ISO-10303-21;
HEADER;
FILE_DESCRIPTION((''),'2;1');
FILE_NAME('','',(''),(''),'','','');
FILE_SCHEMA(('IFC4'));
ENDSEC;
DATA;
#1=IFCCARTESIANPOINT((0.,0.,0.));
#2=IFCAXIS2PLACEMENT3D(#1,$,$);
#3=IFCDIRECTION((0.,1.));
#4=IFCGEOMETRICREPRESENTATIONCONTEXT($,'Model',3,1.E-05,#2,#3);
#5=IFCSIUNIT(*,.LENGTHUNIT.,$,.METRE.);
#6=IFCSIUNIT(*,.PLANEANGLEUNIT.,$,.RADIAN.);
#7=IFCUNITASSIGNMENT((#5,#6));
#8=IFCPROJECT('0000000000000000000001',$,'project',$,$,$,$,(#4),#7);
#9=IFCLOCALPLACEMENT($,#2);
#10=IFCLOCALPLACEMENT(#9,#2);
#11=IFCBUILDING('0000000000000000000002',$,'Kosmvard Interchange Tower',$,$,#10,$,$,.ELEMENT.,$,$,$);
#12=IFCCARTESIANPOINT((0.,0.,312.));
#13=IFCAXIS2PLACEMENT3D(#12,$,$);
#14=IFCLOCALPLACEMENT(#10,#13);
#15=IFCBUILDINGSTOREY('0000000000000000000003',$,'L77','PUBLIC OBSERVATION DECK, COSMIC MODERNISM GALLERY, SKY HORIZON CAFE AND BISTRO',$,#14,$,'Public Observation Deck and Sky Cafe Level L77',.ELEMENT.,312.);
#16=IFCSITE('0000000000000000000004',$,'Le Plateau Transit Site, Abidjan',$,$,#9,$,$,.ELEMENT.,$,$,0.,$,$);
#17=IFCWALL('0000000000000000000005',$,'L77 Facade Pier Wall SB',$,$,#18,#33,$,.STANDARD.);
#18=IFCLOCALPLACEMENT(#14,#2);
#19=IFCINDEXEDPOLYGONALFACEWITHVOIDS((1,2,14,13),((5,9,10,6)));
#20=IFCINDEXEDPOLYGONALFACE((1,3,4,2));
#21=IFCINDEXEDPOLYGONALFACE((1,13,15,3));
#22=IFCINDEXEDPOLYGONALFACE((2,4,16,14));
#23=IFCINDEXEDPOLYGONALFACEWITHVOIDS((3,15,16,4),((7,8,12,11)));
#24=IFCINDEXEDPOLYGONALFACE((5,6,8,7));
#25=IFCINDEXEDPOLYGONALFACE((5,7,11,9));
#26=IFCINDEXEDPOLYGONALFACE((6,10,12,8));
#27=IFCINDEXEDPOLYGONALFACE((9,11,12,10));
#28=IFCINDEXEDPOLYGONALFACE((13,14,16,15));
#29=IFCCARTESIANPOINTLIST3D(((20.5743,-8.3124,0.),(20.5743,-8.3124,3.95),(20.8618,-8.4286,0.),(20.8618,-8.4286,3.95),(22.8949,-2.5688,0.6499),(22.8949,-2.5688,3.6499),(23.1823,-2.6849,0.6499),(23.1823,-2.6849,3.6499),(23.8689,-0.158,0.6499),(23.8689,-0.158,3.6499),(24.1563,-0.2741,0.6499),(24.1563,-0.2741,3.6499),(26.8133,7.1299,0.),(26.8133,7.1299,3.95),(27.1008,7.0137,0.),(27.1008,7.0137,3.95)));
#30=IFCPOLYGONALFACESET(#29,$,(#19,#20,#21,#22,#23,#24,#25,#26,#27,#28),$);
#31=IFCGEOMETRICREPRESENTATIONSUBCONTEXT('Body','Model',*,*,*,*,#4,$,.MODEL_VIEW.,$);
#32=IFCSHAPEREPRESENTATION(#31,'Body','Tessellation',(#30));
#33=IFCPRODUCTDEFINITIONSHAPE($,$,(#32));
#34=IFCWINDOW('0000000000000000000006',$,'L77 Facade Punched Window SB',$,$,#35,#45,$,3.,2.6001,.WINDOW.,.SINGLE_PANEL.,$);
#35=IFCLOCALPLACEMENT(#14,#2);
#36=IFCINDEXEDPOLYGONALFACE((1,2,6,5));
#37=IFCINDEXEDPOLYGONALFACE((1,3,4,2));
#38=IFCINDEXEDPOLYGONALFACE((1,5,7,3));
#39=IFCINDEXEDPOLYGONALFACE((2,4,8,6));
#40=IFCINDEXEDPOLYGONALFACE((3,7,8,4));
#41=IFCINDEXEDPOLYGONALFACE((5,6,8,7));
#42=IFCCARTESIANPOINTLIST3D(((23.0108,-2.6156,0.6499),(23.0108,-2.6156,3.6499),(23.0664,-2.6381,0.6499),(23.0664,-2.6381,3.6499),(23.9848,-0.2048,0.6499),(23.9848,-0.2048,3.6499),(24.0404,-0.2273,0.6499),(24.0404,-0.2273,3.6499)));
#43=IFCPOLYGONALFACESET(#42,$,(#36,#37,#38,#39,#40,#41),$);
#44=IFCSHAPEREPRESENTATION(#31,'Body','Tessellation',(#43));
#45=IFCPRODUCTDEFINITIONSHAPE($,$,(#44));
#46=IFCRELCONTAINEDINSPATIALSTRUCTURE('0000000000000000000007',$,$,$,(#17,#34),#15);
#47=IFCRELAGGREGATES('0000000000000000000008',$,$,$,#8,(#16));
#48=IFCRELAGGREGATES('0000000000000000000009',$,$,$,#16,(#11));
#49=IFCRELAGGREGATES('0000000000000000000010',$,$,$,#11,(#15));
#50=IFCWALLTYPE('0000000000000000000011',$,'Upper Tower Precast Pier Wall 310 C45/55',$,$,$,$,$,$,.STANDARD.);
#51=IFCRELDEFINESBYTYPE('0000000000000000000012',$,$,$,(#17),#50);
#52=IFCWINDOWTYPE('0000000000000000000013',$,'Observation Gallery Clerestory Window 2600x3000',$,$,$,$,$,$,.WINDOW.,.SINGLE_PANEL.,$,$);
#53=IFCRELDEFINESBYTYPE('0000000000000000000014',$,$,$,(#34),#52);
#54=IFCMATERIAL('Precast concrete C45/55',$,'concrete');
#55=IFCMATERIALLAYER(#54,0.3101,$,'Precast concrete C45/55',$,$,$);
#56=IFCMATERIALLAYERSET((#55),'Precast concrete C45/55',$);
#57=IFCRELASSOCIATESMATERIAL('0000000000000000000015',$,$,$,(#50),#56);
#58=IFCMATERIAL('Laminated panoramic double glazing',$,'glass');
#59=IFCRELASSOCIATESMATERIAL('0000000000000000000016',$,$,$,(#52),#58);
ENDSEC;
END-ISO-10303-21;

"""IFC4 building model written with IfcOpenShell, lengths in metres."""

from ifc_helpers import new_model, si_unit, direction, frame, frame_2d, origin, place, context, subcontext, project, spatial, rectangle, extrude, source, transform, mapped, material, layer, layer_set, type_object, element, fill, save


model = new_model("IFC4")

# Units and contexts
model_context = context("Model", 3, precision=1e-05, world=origin(), true_north=direction((0.0, 1.0)))
body_context = subcontext(model_context, "Body", "Model", "MODEL_VIEW")
ifc_project = project(units=[si_unit("LENGTHUNIT", "METRE"), si_unit("PLANEANGLEUNIT", "RADIAN")], contexts=[model_context])

# Site, building, storey
site_placement = place(None, origin())
site = spatial("IfcSite", under=ifc_project, at=site_placement, Name="Le Plateau Transit Site, Abidjan", CompositionType="ELEMENT", RefElevation=0.0)
building_placement = place(site_placement, origin())
building = spatial("IfcBuilding", under=site, at=building_placement, Name="Kosmvard Interchange Tower", CompositionType="ELEMENT")
storey_placement = place(building_placement, frame((0.0, 0.0, 312.0)))
storey = spatial("IfcBuildingStorey", under=building, at=storey_placement, Name="L77", Description="PUBLIC OBSERVATION DECK, COSMIC MODERNISM GALLERY, SKY HORIZON CAFE AND BISTRO", LongName="Public Observation Deck and Sky Cafe Level L77", CompositionType="ELEMENT", Elevation=312.0)

# Wall, opening, window
ifc_material_1 = material(Name="Precast concrete C45/55", Category="concrete")
ifc_layer_1 = layer(ifc_material_1, 0.3101, Name="Precast concrete C45/55")
ifc_layer_set_1 = layer_set([ifc_layer_1], Name="Precast concrete C45/55")
wall_type_1 = type_object("IfcWallType", Name="Upper Tower Precast Pier Wall 310 C45/55", PredefinedType="STANDARD", material=ifc_layer_set_1)
wall_1_placement = place(storey_placement, frame((20.718, -8.3706, 0.0), z_axis=(0.0, 0.0, 1.0), x_axis=(0.374601, 0.927186, 0.0)))
wall_1 = element("IfcWall", 1, at=wall_1_placement, inside=storey, type_object=wall_type_1, Name="L77 Facade Pier Wall SB", PredefinedType="STANDARD", context=body_context, shape_type="SweptSolid", body=[
    extrude(rectangle(XDim=16.655, YDim=0.3101, at=frame_2d((8.3276, 0.0))), origin(), (0.0, 0.0, 1.0), 3.95),
])
opening_1_placement = place(wall_1_placement, frame((6.1948, 0.0, 0.6499)))
opening_1 = element("IfcOpeningElement", 2, at=opening_1_placement, cuts=wall_1, PredefinedType="OPENING", context=body_context, shape_type="SweptSolid", body=[
    extrude(rectangle(XDim=2.6001, YDim=3.0, at=frame_2d((1.3, 1.5))), frame((0.0, 0.165, 0.0), z_axis=(0.0, -1.0, 0.0), x_axis=(1.0, 0.0, 0.0)), (0.0, 0.0, 1.0), 0.3301),
])
ifc_material_2 = material(Name="Laminated panoramic double glazing", Category="glass")
window_type = type_object("IfcWindowType", Name="Observation Gallery Clerestory Window 2600x3000", PartitioningType="SINGLE_PANEL", PredefinedType="WINDOW", material=ifc_material_2)
shared_shape_1 = source(origin(), body_context, "Body", "SweptSolid", [
    extrude(rectangle(XDim=2.6001, YDim=3.0, at=frame_2d((1.3, 1.5))), frame((0.0, 0.03, 0.0), z_axis=(0.0, -1.0, 0.0), x_axis=(1.0, 0.0, 0.0)), (0.0, 0.0, 1.0), 0.0601),
])
window_placement = place(opening_1_placement, origin())
window = element("IfcWindow", 3, at=window_placement, inside=storey, type_object=window_type, Name="L77 Facade Punched Window SB", OverallHeight=3.0, OverallWidth=2.6001, PartitioningType="SINGLE_PANEL", PredefinedType="WINDOW", context=body_context, shape_type="MappedRepresentation", body=[
    mapped(shared_shape_1, transform((0.0, 0.0, 0.0), scale=1.0)),
])
fill(opening_1, window)

save(model, "model.ifc")
